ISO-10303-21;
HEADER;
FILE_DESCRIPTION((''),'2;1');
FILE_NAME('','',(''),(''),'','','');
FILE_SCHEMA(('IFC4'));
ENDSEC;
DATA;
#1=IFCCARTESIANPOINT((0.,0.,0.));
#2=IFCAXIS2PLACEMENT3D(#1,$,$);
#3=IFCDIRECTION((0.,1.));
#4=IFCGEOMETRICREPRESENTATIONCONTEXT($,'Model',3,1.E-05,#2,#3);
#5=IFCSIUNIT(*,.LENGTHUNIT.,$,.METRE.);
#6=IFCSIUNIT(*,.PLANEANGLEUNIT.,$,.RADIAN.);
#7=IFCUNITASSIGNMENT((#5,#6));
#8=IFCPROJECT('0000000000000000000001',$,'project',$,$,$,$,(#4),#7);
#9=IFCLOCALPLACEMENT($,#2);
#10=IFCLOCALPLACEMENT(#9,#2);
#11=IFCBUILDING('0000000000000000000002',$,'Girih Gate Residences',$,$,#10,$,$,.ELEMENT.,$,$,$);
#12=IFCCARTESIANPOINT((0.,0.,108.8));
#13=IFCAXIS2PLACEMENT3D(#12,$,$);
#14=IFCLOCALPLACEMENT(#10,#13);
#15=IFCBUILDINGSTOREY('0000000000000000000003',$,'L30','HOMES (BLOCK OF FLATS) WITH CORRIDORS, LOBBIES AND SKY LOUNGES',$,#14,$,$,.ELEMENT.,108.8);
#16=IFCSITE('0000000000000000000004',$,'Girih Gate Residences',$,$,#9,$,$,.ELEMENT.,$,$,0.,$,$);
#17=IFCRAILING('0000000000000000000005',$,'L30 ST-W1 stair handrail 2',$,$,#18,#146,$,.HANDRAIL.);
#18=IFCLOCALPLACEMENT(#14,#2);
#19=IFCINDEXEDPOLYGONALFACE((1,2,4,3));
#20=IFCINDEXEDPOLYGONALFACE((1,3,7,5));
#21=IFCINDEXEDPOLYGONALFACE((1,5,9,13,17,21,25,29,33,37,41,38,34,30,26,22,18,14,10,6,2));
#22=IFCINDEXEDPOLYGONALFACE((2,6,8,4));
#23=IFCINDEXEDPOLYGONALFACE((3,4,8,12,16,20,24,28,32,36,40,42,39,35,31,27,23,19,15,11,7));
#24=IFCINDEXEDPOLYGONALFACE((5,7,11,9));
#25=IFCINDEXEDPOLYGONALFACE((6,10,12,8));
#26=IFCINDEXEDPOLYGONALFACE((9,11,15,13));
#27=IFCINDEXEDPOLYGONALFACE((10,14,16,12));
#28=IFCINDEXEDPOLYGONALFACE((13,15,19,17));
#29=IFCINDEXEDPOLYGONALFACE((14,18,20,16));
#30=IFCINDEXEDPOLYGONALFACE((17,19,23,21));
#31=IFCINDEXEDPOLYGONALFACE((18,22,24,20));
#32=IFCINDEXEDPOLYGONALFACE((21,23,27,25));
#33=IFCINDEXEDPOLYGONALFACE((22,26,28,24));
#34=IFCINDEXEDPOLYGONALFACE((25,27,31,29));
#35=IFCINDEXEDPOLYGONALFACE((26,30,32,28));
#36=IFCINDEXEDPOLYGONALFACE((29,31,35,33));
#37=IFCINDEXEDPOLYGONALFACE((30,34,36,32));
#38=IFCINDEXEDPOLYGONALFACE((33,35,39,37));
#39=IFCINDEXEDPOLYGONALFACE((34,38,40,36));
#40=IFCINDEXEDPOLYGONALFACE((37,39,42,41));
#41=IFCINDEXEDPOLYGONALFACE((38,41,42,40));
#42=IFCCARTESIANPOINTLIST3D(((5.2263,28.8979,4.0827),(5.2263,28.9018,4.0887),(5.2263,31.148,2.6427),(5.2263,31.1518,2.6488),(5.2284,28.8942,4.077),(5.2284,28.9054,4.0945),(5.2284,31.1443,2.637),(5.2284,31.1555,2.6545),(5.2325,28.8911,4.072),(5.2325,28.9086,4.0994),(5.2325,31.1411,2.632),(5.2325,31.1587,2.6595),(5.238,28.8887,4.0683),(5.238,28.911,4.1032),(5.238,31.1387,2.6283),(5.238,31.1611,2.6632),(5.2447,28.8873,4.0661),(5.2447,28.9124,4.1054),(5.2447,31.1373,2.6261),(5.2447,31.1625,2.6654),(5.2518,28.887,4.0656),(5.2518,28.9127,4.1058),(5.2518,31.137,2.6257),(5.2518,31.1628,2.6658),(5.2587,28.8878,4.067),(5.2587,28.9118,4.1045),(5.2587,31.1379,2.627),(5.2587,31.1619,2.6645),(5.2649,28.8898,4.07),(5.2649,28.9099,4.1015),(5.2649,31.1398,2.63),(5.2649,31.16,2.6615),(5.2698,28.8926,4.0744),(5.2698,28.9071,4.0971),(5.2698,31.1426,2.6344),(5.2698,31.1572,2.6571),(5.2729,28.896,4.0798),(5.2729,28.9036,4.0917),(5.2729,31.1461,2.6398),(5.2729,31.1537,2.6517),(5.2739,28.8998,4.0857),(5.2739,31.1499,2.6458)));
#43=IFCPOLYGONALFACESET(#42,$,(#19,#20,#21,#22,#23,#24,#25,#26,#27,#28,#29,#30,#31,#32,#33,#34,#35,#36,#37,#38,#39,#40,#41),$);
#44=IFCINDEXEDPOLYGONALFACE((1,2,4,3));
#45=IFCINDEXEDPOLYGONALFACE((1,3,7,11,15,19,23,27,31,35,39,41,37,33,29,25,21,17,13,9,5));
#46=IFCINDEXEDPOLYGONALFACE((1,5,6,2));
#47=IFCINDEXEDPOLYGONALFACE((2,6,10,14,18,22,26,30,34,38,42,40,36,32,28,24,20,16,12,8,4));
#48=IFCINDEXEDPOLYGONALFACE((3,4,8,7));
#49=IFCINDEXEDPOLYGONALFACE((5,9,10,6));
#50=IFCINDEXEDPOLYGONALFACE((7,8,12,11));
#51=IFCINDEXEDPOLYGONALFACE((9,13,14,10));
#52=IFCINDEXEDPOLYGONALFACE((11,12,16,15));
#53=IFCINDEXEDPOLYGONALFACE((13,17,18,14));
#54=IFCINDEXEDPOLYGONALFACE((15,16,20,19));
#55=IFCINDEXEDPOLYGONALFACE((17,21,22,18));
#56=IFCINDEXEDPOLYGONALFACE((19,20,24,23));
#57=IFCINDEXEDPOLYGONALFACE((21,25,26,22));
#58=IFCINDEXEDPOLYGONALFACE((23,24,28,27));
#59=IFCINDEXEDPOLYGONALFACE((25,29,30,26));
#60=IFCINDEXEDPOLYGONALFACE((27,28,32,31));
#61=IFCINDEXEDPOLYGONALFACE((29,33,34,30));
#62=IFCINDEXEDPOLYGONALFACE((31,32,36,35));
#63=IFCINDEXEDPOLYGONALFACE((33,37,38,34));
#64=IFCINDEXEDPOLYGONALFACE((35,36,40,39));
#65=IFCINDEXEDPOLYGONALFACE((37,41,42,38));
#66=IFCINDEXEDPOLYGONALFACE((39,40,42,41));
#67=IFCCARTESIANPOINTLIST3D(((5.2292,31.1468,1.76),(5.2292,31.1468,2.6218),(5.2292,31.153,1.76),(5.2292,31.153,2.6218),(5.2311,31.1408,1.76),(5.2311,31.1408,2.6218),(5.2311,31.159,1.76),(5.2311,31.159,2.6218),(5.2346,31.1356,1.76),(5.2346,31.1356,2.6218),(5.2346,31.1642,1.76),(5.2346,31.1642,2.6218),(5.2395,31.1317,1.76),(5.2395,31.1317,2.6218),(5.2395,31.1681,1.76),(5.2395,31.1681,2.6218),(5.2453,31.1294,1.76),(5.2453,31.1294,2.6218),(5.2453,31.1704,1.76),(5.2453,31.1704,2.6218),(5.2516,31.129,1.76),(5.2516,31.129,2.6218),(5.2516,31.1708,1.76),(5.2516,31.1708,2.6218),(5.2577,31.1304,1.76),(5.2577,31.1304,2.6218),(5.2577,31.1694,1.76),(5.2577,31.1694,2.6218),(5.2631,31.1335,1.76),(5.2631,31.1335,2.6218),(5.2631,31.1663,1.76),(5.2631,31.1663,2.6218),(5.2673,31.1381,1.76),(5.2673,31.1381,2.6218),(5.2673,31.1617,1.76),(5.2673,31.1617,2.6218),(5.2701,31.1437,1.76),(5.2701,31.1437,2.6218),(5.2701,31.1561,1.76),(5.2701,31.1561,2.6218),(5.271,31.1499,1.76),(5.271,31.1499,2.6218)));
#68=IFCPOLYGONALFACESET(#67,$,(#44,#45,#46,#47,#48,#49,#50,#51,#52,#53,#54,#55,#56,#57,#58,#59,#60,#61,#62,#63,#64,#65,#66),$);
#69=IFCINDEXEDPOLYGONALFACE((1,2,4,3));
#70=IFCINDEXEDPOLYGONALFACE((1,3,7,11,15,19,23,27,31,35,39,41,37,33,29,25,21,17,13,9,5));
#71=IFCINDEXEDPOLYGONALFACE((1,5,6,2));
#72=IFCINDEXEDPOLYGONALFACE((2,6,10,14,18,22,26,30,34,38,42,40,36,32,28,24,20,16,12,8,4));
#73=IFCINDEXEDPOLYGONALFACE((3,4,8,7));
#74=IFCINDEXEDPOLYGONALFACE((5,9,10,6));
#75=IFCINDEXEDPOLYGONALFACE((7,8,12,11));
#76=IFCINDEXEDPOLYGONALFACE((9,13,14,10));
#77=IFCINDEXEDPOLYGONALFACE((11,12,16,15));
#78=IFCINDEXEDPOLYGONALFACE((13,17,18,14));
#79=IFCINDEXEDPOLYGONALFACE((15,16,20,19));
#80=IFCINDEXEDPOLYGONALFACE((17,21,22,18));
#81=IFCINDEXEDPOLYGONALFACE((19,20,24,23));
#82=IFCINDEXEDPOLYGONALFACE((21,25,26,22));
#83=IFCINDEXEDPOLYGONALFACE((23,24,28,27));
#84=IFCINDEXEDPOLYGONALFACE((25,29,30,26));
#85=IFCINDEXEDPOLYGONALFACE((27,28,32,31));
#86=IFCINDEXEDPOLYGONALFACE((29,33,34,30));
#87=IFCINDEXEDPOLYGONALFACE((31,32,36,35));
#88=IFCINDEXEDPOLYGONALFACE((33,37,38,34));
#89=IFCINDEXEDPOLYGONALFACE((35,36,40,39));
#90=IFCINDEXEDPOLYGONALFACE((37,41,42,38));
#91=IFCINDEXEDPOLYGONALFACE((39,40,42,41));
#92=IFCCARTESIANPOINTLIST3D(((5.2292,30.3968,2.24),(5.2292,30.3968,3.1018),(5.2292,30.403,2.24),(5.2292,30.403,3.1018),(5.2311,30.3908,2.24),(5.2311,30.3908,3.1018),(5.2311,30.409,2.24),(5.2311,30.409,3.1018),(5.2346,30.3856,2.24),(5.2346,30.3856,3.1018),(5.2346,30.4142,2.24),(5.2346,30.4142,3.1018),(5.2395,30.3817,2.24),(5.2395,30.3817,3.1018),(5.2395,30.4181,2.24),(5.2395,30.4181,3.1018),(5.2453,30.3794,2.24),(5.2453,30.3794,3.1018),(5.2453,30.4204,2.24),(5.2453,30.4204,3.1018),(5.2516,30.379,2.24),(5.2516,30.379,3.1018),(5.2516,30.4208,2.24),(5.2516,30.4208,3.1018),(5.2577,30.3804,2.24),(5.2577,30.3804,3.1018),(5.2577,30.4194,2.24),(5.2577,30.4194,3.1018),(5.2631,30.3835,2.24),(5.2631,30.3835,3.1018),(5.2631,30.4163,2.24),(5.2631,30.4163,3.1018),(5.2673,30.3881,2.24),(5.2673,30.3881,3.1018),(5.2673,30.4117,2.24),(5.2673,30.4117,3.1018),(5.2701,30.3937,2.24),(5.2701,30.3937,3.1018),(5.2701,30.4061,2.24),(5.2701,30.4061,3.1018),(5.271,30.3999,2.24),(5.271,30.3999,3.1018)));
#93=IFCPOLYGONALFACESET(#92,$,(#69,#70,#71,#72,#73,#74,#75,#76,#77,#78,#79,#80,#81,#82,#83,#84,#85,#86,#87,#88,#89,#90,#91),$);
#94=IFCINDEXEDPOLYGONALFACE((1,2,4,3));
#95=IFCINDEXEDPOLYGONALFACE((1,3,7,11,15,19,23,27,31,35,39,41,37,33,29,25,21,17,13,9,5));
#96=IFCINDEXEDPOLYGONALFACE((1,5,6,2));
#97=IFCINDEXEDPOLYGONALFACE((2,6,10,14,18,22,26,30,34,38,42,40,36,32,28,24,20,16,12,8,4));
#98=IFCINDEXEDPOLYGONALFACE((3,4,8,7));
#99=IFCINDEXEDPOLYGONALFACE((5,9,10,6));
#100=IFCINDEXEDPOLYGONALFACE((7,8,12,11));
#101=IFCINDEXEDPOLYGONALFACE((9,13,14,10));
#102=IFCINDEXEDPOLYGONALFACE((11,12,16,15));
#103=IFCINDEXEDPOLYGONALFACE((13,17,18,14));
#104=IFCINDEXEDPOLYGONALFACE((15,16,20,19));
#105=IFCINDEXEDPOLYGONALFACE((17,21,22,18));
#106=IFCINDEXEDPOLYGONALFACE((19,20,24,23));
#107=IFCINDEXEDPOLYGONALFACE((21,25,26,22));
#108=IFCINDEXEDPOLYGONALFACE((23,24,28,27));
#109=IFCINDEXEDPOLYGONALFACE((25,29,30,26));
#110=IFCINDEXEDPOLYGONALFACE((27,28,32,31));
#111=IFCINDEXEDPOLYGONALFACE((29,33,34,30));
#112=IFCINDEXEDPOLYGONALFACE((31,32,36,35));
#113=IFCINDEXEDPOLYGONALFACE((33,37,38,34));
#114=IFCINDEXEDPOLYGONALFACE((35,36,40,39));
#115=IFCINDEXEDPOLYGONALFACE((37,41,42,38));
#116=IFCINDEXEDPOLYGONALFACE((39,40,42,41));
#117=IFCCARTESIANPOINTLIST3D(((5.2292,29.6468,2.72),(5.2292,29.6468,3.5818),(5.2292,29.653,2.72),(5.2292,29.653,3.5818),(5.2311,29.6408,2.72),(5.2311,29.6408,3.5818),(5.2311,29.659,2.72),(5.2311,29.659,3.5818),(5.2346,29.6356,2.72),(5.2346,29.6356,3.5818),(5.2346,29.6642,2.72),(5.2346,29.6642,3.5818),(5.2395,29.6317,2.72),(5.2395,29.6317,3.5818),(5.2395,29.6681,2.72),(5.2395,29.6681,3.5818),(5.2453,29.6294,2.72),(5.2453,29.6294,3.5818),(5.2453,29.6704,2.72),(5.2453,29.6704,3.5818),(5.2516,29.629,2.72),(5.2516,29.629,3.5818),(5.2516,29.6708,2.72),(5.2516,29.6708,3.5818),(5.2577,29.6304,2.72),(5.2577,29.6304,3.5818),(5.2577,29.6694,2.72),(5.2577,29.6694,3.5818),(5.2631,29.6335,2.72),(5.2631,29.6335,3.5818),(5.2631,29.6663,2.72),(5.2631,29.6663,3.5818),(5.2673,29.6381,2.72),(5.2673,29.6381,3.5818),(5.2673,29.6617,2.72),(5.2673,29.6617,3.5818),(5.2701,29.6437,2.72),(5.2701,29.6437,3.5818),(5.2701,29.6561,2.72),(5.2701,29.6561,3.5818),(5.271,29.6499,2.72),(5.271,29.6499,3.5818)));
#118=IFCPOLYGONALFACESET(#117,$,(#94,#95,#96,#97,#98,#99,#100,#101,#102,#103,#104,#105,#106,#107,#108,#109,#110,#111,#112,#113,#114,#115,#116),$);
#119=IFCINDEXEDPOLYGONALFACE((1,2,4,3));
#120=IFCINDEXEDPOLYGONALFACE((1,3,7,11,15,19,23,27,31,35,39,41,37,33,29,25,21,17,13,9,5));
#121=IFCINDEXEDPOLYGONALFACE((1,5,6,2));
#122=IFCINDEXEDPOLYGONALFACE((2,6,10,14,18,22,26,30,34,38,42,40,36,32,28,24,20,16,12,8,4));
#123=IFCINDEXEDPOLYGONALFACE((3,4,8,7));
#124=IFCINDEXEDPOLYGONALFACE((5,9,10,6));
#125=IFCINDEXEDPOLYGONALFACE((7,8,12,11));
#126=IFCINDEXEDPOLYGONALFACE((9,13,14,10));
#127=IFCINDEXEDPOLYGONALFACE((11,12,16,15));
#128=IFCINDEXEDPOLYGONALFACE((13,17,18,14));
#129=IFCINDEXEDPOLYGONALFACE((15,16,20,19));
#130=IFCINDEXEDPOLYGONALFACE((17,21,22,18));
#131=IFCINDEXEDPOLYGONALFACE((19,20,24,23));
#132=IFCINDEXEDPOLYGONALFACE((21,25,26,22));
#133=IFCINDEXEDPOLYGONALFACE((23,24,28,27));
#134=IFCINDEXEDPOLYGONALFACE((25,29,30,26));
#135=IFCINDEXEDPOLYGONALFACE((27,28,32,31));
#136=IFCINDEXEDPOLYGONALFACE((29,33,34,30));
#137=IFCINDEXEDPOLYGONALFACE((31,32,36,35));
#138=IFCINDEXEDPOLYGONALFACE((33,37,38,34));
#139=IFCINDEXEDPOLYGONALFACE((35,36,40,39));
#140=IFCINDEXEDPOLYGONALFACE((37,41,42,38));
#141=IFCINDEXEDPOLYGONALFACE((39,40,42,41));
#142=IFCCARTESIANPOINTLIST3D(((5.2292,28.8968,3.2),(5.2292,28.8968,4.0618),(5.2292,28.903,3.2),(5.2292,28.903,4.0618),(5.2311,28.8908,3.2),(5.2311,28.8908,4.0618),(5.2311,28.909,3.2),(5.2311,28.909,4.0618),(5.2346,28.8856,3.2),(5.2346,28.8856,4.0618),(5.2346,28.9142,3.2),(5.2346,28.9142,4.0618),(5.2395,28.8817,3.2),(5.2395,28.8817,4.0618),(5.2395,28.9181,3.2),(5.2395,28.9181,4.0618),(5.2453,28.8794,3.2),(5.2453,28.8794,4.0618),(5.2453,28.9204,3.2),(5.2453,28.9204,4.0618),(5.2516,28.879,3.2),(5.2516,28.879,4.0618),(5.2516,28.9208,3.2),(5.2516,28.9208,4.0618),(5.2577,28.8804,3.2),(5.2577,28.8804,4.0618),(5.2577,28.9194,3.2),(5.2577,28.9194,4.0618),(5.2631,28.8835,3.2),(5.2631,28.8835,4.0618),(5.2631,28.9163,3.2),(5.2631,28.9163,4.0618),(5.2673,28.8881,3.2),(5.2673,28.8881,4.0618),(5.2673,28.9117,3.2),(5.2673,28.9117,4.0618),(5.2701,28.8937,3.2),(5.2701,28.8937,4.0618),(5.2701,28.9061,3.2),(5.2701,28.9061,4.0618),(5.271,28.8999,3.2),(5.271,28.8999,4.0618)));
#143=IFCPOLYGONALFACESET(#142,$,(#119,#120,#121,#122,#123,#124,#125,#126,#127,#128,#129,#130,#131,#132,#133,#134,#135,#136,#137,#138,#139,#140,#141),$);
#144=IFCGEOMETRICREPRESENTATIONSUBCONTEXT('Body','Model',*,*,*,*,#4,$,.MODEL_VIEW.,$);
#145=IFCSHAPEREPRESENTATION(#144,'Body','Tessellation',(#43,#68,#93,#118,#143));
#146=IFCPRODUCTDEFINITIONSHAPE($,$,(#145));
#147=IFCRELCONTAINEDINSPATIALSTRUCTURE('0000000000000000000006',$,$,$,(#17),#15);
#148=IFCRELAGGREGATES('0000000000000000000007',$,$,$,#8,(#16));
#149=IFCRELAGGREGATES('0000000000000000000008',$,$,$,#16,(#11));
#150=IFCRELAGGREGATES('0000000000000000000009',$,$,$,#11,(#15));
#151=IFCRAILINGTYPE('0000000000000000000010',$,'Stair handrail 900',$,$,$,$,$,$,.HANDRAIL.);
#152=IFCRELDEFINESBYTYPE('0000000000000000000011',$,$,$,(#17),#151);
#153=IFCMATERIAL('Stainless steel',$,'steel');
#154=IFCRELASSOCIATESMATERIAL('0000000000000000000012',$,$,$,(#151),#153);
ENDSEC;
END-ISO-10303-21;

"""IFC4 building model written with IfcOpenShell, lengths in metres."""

from ifc_helpers import new_model, si_unit, direction, frame, origin, origin_2d, place, context, subcontext, project, spatial, circle, extrude, material, type_object, element, save


model = new_model("IFC4")

# Units and contexts
model_context = context("Model", 3, precision=1e-05, world=origin(), true_north=direction((0.0, 1.0)))
body_context = subcontext(model_context, "Body", "Model", "MODEL_VIEW")
ifc_project = project(units=[si_unit("LENGTHUNIT", "METRE"), si_unit("PLANEANGLEUNIT", "RADIAN")], contexts=[model_context])

# Site, building, storey
site_placement = place(None, origin())
site = spatial("IfcSite", under=ifc_project, at=site_placement, Name="Girih Gate Residences", CompositionType="ELEMENT", RefElevation=0.0)
building_placement = place(site_placement, origin())
building = spatial("IfcBuilding", under=site, at=building_placement, Name="Girih Gate Residences", CompositionType="ELEMENT")
storey_placement = place(building_placement, frame((0.0, 0.0, 108.8)))
storey = spatial("IfcBuildingStorey", under=building, at=storey_placement, Name="L30", Description="HOMES (BLOCK OF FLATS) WITH CORRIDORS, LOBBIES AND SKY LOUNGES", CompositionType="ELEMENT", Elevation=108.8)

# Railing
ifc_material_1 = material(Name="Stainless steel", Category="steel")
railing_type_1 = type_object("IfcRailingType", Name="Stair handrail 900", PredefinedType="HANDRAIL", material=ifc_material_1)
railing_1_placement = place(storey_placement, frame((5.25, 31.1499, 1.76)))
element("IfcRailing", 1, at=railing_1_placement, inside=storey, type_object=railing_type_1, Name="L30 ST-W1 stair handrail 2", PredefinedType="HANDRAIL", context=body_context, shape_type="SweptSolid", body=[
    extrude(circle(Radius=0.0239, at=origin_2d()), frame((0.0, 0.0, 0.8857), z_axis=(0.0, -0.842281, 0.539038), x_axis=(1.0, 0.0, 0.0)), (0.0, 0.0, 1.0), 2.6714),
    extrude(circle(Radius=0.021, at=origin_2d()), origin(), (0.0, 0.0, 1.0), 0.8618),
    extrude(circle(Radius=0.021, at=origin_2d()), frame((0.0, -0.75, 0.48)), (0.0, 0.0, 1.0), 0.8618),
    extrude(circle(Radius=0.021, at=origin_2d()), frame((0.0, -1.5, 0.96)), (0.0, 0.0, 1.0), 0.8618),
    extrude(circle(Radius=0.021, at=origin_2d()), frame((0.0, -2.25, 1.4399)), (0.0, 0.0, 1.0), 0.8618),
])

save(model, "model.ifc")
